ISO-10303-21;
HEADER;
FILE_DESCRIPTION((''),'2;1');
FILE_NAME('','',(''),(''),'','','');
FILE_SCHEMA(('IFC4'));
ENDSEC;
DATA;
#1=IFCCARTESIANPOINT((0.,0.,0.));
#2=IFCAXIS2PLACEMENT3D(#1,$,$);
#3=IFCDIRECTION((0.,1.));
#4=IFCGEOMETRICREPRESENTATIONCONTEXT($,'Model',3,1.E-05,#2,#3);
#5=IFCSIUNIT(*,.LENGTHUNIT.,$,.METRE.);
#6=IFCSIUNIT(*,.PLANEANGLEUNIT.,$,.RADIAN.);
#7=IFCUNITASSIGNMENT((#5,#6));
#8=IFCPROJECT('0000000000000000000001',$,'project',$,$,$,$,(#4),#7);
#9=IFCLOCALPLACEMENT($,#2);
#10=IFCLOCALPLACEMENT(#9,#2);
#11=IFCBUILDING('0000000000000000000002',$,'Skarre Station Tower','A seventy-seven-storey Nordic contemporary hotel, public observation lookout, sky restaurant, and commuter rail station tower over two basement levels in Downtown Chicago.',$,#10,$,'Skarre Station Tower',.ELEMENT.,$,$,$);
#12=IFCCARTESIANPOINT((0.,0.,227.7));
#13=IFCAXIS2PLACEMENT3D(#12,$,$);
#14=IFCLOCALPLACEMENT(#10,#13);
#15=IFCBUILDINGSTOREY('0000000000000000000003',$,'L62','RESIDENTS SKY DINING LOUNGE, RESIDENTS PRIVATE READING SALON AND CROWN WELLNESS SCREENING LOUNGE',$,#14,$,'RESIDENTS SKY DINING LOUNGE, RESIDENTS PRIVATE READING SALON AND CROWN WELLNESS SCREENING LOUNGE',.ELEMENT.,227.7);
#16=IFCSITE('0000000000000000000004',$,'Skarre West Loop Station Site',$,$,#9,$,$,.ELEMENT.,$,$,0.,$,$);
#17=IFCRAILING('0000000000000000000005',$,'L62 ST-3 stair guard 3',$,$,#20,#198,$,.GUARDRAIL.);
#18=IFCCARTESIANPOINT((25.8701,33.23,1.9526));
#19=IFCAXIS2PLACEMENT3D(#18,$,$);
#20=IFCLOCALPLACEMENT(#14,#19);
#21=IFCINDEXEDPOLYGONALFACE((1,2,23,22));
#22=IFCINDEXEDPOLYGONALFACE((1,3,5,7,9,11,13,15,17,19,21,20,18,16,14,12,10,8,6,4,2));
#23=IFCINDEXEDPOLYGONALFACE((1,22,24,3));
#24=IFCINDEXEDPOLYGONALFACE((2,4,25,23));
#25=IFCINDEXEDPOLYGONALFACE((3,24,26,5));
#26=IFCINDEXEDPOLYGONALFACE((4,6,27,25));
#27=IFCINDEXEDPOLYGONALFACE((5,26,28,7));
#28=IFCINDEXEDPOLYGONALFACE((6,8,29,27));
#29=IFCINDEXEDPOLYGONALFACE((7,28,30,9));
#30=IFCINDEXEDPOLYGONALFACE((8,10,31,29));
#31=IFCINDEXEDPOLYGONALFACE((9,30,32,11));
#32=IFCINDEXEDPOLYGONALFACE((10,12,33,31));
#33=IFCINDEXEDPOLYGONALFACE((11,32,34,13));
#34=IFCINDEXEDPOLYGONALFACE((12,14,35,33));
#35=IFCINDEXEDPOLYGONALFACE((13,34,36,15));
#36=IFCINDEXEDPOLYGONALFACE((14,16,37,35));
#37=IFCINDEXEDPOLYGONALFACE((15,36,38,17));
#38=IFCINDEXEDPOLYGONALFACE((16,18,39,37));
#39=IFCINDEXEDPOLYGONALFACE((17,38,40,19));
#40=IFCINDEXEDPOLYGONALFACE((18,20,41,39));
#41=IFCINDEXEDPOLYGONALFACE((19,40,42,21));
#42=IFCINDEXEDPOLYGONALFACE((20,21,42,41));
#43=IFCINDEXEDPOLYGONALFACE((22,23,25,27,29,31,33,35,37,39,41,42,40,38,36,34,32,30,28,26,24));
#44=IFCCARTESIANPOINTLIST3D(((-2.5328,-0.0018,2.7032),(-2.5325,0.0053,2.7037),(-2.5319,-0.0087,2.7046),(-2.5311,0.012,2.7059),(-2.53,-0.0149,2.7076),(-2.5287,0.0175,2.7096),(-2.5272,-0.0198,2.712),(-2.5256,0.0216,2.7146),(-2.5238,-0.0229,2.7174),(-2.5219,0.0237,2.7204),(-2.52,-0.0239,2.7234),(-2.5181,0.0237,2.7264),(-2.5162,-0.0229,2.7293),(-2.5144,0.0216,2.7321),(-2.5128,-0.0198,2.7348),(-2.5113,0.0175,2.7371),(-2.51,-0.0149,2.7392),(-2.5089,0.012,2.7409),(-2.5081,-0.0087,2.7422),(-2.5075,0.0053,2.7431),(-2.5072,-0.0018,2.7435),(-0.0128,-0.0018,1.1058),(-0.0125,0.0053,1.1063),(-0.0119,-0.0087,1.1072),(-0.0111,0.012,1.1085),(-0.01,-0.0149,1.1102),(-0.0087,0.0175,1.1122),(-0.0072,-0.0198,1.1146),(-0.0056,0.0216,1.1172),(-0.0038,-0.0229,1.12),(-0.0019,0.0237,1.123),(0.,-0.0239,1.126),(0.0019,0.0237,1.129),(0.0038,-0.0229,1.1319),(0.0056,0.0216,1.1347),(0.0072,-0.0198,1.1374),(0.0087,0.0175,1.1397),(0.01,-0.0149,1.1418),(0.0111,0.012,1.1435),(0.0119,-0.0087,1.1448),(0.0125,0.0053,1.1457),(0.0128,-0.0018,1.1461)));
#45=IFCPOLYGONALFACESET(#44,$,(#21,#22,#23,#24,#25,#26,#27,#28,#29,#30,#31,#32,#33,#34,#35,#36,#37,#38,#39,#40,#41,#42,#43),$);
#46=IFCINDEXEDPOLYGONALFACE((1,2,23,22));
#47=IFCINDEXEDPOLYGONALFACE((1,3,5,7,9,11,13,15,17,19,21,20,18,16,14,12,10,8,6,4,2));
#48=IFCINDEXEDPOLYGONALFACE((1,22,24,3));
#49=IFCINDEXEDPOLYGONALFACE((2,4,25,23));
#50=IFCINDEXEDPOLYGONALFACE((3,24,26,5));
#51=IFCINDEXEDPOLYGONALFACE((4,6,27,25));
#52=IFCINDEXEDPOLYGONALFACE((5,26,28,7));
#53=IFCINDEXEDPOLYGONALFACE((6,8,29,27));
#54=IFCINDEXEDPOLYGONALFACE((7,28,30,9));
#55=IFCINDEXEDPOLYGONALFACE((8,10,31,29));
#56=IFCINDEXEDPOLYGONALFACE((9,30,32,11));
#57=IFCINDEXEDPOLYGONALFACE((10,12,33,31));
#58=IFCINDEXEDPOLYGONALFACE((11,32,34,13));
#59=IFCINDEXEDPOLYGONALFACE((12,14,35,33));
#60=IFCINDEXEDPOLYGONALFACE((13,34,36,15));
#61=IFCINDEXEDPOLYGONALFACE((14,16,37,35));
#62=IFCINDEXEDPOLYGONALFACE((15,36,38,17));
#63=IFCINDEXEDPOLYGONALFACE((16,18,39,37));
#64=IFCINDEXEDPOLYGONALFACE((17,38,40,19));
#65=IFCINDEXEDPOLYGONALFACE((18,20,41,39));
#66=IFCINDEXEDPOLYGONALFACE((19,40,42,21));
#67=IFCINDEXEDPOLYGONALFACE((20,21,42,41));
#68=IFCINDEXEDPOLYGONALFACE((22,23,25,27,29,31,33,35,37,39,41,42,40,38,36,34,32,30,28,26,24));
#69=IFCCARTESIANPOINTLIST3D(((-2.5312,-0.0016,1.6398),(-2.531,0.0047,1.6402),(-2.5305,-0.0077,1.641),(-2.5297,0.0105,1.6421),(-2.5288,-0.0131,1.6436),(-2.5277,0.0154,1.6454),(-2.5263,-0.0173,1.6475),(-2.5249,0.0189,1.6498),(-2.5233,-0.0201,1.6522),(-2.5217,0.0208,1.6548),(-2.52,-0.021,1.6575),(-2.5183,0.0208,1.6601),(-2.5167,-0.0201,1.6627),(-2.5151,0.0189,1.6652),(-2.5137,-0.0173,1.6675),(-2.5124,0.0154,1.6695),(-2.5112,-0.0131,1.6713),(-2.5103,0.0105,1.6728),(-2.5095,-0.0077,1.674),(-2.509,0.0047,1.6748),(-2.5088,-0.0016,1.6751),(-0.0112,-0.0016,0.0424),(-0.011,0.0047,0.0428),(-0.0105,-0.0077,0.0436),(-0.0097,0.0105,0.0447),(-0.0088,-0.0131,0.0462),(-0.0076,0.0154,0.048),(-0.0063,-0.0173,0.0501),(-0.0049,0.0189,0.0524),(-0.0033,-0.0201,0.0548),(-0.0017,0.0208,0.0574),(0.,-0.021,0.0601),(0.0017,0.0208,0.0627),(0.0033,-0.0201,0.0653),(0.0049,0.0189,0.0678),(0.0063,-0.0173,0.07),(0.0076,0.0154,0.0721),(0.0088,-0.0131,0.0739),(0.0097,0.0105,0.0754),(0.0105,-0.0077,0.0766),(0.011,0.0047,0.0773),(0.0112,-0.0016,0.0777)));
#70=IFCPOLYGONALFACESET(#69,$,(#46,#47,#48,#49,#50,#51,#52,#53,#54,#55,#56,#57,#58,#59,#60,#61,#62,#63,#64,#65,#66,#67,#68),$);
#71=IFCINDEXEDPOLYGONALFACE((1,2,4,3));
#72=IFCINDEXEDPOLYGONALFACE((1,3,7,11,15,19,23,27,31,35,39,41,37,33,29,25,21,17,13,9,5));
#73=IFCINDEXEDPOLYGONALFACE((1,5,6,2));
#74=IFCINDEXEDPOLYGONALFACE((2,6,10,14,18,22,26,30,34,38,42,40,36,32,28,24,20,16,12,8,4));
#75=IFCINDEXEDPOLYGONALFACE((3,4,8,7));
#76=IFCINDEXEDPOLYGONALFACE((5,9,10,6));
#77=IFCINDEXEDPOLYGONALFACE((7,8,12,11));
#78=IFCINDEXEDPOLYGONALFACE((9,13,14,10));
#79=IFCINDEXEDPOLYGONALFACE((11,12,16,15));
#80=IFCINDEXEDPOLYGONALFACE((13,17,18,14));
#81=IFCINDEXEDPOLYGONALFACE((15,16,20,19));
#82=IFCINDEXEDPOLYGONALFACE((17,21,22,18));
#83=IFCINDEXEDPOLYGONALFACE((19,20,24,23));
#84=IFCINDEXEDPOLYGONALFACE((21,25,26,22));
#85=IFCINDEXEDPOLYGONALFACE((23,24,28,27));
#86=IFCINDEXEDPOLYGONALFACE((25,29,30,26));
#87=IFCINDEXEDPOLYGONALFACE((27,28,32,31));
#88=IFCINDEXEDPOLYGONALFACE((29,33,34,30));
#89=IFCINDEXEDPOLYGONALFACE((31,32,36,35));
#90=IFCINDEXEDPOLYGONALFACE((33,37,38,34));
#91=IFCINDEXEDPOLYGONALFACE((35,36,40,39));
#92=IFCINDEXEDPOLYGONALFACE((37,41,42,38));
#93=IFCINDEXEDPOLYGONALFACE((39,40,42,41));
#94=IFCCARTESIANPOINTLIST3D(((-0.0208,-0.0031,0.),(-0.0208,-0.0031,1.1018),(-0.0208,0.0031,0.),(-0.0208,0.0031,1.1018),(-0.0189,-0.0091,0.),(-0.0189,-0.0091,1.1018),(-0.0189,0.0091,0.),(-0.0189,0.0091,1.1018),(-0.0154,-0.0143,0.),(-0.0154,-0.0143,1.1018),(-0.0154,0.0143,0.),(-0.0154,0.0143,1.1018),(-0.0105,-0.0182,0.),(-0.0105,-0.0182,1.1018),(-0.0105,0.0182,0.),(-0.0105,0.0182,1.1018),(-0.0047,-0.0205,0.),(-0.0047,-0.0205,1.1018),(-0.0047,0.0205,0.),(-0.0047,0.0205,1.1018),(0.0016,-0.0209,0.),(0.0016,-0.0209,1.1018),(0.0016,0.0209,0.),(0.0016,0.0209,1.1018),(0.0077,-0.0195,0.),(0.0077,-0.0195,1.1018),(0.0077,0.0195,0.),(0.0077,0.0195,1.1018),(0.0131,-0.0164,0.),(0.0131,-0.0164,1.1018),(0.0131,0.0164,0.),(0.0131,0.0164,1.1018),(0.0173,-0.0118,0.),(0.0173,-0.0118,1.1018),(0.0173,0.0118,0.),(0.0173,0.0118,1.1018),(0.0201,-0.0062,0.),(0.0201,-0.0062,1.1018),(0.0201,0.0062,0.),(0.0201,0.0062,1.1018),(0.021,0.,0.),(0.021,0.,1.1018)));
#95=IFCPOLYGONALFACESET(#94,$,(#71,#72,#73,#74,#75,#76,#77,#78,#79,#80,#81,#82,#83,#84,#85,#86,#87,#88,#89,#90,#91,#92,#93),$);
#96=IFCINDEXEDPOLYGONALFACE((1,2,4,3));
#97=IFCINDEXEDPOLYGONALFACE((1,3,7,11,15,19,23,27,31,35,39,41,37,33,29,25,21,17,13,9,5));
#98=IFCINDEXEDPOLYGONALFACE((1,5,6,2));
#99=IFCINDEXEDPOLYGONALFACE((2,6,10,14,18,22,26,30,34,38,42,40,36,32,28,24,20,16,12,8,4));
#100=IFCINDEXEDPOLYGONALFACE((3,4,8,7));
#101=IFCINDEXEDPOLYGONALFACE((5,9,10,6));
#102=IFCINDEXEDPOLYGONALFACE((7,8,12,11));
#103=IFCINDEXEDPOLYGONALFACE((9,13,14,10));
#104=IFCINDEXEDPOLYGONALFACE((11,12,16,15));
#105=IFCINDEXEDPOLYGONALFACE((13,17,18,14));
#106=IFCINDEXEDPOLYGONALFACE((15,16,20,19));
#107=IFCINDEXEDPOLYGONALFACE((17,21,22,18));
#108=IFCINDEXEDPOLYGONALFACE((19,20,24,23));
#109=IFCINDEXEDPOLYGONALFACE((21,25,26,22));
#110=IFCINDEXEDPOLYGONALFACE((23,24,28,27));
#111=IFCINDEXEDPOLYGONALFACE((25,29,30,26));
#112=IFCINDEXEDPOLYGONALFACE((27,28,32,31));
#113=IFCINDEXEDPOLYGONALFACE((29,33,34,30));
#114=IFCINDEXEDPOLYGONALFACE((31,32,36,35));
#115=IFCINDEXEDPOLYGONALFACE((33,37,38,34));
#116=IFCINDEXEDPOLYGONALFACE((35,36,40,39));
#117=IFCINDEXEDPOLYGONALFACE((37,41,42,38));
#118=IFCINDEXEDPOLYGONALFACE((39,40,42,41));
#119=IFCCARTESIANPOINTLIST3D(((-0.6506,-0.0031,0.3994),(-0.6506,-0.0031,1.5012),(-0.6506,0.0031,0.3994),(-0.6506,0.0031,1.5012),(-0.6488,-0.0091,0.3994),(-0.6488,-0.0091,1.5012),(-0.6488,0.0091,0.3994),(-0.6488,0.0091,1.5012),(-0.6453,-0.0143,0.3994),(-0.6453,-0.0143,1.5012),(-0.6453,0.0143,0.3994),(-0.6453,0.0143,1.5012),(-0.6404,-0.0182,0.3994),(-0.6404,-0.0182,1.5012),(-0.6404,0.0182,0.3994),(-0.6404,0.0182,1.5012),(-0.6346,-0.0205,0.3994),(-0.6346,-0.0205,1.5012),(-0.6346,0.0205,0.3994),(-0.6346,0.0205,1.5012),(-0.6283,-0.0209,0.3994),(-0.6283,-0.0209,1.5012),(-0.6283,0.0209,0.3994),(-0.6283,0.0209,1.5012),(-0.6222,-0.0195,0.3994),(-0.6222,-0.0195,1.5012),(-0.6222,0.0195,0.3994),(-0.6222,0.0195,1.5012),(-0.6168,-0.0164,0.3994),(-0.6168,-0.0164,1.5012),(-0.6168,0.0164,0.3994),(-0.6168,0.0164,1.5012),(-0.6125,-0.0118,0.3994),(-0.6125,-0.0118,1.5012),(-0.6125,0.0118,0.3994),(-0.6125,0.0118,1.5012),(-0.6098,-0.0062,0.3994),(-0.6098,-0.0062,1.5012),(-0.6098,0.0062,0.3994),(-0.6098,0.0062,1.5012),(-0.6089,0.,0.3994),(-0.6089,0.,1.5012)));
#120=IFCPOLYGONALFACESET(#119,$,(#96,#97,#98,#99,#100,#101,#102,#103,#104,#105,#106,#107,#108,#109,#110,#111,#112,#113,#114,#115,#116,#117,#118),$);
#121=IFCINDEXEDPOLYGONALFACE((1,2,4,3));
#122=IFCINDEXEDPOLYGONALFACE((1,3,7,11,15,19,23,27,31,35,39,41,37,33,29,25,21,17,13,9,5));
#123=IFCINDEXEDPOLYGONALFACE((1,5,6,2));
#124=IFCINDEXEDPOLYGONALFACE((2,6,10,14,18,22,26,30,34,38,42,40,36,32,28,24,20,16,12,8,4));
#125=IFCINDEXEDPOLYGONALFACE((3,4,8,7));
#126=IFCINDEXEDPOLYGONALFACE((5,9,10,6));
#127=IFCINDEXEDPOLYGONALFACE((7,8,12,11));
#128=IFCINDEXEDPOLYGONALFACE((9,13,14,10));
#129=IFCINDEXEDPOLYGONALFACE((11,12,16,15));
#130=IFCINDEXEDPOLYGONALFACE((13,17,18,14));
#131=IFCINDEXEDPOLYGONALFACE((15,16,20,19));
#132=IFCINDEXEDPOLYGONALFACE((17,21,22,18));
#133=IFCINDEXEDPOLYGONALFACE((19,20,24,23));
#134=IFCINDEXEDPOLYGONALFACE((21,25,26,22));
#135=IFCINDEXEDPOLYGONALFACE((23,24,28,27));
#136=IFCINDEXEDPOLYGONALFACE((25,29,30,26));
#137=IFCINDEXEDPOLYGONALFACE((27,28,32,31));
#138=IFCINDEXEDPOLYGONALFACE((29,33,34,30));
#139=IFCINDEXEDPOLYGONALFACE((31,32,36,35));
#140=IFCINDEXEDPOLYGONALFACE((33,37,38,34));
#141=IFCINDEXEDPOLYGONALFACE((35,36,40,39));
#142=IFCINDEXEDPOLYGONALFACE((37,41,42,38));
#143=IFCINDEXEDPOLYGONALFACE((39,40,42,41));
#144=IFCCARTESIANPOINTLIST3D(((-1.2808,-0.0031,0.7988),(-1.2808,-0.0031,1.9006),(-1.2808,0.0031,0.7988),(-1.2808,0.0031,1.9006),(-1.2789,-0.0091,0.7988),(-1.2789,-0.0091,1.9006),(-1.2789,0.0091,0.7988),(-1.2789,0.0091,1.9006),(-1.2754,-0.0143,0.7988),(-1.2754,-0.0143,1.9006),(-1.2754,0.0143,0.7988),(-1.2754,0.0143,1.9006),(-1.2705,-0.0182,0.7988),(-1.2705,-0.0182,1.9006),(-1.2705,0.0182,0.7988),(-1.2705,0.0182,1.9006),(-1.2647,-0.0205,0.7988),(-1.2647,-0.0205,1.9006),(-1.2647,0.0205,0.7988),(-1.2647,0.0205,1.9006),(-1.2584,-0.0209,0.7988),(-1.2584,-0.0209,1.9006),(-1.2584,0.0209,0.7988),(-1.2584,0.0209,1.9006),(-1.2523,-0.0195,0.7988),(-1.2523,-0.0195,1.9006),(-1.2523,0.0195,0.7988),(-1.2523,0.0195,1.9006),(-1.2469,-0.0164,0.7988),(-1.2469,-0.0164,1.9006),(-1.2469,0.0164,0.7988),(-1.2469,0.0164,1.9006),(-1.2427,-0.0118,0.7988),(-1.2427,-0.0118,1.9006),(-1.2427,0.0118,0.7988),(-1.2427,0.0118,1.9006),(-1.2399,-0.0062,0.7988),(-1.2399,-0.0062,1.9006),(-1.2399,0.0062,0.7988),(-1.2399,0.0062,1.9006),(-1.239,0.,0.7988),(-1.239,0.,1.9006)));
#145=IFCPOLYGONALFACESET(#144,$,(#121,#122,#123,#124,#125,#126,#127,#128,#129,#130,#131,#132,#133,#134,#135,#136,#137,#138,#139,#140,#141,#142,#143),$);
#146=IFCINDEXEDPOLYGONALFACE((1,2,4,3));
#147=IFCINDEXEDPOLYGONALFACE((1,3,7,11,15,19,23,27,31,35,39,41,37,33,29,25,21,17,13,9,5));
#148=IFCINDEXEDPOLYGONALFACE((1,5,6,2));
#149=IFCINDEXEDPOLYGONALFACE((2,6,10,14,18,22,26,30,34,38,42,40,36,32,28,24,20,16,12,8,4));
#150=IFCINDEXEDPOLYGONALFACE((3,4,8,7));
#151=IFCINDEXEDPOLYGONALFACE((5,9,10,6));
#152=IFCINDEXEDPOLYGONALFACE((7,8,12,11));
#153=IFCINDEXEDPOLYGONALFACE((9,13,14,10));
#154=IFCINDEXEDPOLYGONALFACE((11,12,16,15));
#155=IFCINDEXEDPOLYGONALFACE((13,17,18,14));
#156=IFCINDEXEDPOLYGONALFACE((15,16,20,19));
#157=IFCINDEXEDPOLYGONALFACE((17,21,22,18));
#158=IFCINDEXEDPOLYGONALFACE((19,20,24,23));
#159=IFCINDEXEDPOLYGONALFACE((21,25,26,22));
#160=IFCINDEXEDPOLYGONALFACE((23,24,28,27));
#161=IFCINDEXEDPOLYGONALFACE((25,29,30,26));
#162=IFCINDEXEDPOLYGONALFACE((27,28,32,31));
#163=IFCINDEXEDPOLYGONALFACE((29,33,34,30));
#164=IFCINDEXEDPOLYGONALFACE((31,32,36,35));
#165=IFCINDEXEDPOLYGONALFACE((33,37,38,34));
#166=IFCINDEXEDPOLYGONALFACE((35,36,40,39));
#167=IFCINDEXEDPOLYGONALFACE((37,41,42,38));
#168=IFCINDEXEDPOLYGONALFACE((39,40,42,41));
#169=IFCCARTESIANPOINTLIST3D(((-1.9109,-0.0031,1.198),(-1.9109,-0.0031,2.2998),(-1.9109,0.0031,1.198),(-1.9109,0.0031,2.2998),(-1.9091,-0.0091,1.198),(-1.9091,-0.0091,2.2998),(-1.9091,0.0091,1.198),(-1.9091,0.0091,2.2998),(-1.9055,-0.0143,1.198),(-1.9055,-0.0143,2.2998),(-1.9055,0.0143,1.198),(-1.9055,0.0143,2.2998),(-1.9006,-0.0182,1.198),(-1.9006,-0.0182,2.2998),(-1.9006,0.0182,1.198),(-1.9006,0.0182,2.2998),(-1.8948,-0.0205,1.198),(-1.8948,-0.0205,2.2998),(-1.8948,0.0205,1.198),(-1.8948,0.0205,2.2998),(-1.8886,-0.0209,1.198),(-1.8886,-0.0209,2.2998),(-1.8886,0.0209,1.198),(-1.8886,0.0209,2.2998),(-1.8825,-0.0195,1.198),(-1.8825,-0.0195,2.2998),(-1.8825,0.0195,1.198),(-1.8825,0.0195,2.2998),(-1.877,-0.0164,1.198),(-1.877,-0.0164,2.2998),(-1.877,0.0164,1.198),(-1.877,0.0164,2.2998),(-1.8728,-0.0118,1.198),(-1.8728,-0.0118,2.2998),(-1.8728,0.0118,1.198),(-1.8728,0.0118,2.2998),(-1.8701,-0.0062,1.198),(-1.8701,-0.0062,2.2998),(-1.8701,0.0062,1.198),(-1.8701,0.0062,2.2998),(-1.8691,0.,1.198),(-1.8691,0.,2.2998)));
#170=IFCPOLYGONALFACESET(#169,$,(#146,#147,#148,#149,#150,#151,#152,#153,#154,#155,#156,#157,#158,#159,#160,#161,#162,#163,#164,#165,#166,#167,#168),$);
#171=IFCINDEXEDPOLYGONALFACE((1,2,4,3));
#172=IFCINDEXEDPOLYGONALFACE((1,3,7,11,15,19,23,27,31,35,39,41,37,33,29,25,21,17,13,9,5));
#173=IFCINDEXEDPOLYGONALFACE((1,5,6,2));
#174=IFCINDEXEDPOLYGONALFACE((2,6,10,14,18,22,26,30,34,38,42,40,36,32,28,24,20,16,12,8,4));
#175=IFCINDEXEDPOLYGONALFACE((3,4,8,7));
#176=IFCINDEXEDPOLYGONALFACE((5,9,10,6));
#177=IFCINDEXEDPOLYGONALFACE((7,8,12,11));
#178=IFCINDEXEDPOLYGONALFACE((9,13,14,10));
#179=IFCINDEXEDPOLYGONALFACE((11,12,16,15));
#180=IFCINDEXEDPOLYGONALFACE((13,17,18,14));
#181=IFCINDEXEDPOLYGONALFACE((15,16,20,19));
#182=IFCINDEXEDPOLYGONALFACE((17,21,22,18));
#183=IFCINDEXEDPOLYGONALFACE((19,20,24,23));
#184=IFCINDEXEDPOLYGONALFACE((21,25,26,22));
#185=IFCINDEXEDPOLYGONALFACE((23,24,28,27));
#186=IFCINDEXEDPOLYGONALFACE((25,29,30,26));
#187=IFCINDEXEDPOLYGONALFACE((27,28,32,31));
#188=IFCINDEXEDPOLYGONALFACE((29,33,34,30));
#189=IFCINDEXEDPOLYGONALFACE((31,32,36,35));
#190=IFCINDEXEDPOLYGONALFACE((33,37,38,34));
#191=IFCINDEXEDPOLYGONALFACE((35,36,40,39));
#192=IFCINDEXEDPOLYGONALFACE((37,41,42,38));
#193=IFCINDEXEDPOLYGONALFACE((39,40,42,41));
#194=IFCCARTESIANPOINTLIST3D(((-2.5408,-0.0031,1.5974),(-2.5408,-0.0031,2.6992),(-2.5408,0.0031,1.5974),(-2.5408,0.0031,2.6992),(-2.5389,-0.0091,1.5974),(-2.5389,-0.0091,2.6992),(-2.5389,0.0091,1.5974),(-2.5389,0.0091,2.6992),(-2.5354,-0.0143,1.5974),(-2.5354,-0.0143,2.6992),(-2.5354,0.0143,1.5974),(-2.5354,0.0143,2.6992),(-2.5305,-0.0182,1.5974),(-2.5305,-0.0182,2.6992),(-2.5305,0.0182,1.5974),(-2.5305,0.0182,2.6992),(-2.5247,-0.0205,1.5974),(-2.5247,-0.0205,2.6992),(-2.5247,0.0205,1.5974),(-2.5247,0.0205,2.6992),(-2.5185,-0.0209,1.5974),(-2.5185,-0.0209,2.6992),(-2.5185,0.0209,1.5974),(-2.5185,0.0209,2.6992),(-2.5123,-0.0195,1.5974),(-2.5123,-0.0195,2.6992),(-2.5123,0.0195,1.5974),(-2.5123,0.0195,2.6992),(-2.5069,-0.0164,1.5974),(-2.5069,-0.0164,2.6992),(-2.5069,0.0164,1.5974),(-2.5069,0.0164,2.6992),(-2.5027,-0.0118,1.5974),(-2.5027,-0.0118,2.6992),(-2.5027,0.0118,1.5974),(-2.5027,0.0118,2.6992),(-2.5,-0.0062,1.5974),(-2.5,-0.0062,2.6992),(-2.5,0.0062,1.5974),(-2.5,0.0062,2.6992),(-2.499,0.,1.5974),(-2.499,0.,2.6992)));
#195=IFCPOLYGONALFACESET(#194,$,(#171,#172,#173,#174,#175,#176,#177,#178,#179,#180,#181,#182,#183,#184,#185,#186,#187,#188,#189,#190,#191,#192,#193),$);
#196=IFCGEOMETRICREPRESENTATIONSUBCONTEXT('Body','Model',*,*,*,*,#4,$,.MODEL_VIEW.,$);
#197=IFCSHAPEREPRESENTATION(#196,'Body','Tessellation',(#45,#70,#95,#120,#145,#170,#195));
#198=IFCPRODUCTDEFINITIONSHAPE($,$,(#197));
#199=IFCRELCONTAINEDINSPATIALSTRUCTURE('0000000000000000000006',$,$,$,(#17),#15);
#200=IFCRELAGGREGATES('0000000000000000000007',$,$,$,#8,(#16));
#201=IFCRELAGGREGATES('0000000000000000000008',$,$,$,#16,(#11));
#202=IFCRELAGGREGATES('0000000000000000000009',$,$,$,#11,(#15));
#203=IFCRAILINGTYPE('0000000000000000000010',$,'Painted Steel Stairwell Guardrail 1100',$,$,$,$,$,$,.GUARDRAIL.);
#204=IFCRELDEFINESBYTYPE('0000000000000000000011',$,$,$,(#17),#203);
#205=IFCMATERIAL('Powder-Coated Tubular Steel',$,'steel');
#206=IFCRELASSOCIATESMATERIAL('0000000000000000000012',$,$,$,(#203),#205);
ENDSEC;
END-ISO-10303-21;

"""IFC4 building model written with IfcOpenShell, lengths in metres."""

from ifc_helpers import new_model, si_unit, direction, frame, origin, origin_2d, place, context, subcontext, project, spatial, circle, extrude, material, type_object, element, save


model = new_model("IFC4")

# Units and contexts
model_context = context("Model", 3, precision=1e-05, world=origin(), true_north=direction((0.0, 1.0)))
body_context = subcontext(model_context, "Body", "Model", "MODEL_VIEW")
ifc_project = project(units=[si_unit("LENGTHUNIT", "METRE"), si_unit("PLANEANGLEUNIT", "RADIAN")], contexts=[model_context])

# Site, building, storey
site_placement = place(None, origin())
site = spatial("IfcSite", under=ifc_project, at=site_placement, Name="Skarre West Loop Station Site", CompositionType="ELEMENT", RefElevation=0.0)
building_placement = place(site_placement, origin())
building = spatial("IfcBuilding", under=site, at=building_placement, Name="Skarre Station Tower", Description="A seventy-seven-storey Nordic contemporary hotel, public observation lookout, sky restaurant, and commuter rail station tower over two basement levels in Downtown Chicago.", LongName="Skarre Station Tower", CompositionType="ELEMENT")
storey_placement = place(building_placement, frame((0.0, 0.0, 227.7)))
storey = spatial("IfcBuildingStorey", under=building, at=storey_placement, Name="L62", Description="RESIDENTS SKY DINING LOUNGE, RESIDENTS PRIVATE READING SALON AND CROWN WELLNESS SCREENING LOUNGE", LongName="RESIDENTS SKY DINING LOUNGE, RESIDENTS PRIVATE READING SALON AND CROWN WELLNESS SCREENING LOUNGE", CompositionType="ELEMENT", Elevation=227.7)

# Railing
ifc_material_1 = material(Name="Powder-Coated Tubular Steel", Category="steel")
railing_type_1 = type_object("IfcRailingType", Name="Painted Steel Stairwell Guardrail 1100", PredefinedType="GUARDRAIL", material=ifc_material_1)
railing_1_placement = place(storey_placement, frame((25.8701, 33.23, 1.9526)))
element("IfcRailing", 1, at=railing_1_placement, inside=storey, type_object=railing_type_1, Name="L62 ST-3 stair guard 3", PredefinedType="GUARDRAIL", context=body_context, shape_type="SweptSolid", body=[
    extrude(circle(Radius=0.0239, at=origin_2d()), frame((0.0, 0.0, 1.126), z_axis=(-0.844607, 0.0, 0.535387), x_axis=(0.0, -1.0, 0.0)), (0.0, 0.0, 1.0), 2.9836),
    extrude(circle(Radius=0.021, at=origin_2d()), frame((0.0, 0.0, 0.0601), z_axis=(-0.844607, 0.0, 0.535387), x_axis=(0.0, -1.0, 0.0)), (0.0, 0.0, 1.0), 2.9836),
    extrude(circle(Radius=0.021, at=origin_2d()), origin(), (0.0, 0.0, 1.0), 1.1018),
    extrude(circle(Radius=0.021, at=origin_2d()), frame((-0.6299, 0.0, 0.3994)), (0.0, 0.0, 1.0), 1.1018),
    extrude(circle(Radius=0.021, at=origin_2d()), frame((-1.26, 0.0, 0.7988)), (0.0, 0.0, 1.0), 1.1018),
    extrude(circle(Radius=0.021, at=origin_2d()), frame((-1.8901, 0.0, 1.198)), (0.0, 0.0, 1.0), 1.1018),
    extrude(circle(Radius=0.021, at=origin_2d()), frame((-2.52, 0.0, 1.5974)), (0.0, 0.0, 1.0), 1.1018),
])

save(model, "model.ifc")
